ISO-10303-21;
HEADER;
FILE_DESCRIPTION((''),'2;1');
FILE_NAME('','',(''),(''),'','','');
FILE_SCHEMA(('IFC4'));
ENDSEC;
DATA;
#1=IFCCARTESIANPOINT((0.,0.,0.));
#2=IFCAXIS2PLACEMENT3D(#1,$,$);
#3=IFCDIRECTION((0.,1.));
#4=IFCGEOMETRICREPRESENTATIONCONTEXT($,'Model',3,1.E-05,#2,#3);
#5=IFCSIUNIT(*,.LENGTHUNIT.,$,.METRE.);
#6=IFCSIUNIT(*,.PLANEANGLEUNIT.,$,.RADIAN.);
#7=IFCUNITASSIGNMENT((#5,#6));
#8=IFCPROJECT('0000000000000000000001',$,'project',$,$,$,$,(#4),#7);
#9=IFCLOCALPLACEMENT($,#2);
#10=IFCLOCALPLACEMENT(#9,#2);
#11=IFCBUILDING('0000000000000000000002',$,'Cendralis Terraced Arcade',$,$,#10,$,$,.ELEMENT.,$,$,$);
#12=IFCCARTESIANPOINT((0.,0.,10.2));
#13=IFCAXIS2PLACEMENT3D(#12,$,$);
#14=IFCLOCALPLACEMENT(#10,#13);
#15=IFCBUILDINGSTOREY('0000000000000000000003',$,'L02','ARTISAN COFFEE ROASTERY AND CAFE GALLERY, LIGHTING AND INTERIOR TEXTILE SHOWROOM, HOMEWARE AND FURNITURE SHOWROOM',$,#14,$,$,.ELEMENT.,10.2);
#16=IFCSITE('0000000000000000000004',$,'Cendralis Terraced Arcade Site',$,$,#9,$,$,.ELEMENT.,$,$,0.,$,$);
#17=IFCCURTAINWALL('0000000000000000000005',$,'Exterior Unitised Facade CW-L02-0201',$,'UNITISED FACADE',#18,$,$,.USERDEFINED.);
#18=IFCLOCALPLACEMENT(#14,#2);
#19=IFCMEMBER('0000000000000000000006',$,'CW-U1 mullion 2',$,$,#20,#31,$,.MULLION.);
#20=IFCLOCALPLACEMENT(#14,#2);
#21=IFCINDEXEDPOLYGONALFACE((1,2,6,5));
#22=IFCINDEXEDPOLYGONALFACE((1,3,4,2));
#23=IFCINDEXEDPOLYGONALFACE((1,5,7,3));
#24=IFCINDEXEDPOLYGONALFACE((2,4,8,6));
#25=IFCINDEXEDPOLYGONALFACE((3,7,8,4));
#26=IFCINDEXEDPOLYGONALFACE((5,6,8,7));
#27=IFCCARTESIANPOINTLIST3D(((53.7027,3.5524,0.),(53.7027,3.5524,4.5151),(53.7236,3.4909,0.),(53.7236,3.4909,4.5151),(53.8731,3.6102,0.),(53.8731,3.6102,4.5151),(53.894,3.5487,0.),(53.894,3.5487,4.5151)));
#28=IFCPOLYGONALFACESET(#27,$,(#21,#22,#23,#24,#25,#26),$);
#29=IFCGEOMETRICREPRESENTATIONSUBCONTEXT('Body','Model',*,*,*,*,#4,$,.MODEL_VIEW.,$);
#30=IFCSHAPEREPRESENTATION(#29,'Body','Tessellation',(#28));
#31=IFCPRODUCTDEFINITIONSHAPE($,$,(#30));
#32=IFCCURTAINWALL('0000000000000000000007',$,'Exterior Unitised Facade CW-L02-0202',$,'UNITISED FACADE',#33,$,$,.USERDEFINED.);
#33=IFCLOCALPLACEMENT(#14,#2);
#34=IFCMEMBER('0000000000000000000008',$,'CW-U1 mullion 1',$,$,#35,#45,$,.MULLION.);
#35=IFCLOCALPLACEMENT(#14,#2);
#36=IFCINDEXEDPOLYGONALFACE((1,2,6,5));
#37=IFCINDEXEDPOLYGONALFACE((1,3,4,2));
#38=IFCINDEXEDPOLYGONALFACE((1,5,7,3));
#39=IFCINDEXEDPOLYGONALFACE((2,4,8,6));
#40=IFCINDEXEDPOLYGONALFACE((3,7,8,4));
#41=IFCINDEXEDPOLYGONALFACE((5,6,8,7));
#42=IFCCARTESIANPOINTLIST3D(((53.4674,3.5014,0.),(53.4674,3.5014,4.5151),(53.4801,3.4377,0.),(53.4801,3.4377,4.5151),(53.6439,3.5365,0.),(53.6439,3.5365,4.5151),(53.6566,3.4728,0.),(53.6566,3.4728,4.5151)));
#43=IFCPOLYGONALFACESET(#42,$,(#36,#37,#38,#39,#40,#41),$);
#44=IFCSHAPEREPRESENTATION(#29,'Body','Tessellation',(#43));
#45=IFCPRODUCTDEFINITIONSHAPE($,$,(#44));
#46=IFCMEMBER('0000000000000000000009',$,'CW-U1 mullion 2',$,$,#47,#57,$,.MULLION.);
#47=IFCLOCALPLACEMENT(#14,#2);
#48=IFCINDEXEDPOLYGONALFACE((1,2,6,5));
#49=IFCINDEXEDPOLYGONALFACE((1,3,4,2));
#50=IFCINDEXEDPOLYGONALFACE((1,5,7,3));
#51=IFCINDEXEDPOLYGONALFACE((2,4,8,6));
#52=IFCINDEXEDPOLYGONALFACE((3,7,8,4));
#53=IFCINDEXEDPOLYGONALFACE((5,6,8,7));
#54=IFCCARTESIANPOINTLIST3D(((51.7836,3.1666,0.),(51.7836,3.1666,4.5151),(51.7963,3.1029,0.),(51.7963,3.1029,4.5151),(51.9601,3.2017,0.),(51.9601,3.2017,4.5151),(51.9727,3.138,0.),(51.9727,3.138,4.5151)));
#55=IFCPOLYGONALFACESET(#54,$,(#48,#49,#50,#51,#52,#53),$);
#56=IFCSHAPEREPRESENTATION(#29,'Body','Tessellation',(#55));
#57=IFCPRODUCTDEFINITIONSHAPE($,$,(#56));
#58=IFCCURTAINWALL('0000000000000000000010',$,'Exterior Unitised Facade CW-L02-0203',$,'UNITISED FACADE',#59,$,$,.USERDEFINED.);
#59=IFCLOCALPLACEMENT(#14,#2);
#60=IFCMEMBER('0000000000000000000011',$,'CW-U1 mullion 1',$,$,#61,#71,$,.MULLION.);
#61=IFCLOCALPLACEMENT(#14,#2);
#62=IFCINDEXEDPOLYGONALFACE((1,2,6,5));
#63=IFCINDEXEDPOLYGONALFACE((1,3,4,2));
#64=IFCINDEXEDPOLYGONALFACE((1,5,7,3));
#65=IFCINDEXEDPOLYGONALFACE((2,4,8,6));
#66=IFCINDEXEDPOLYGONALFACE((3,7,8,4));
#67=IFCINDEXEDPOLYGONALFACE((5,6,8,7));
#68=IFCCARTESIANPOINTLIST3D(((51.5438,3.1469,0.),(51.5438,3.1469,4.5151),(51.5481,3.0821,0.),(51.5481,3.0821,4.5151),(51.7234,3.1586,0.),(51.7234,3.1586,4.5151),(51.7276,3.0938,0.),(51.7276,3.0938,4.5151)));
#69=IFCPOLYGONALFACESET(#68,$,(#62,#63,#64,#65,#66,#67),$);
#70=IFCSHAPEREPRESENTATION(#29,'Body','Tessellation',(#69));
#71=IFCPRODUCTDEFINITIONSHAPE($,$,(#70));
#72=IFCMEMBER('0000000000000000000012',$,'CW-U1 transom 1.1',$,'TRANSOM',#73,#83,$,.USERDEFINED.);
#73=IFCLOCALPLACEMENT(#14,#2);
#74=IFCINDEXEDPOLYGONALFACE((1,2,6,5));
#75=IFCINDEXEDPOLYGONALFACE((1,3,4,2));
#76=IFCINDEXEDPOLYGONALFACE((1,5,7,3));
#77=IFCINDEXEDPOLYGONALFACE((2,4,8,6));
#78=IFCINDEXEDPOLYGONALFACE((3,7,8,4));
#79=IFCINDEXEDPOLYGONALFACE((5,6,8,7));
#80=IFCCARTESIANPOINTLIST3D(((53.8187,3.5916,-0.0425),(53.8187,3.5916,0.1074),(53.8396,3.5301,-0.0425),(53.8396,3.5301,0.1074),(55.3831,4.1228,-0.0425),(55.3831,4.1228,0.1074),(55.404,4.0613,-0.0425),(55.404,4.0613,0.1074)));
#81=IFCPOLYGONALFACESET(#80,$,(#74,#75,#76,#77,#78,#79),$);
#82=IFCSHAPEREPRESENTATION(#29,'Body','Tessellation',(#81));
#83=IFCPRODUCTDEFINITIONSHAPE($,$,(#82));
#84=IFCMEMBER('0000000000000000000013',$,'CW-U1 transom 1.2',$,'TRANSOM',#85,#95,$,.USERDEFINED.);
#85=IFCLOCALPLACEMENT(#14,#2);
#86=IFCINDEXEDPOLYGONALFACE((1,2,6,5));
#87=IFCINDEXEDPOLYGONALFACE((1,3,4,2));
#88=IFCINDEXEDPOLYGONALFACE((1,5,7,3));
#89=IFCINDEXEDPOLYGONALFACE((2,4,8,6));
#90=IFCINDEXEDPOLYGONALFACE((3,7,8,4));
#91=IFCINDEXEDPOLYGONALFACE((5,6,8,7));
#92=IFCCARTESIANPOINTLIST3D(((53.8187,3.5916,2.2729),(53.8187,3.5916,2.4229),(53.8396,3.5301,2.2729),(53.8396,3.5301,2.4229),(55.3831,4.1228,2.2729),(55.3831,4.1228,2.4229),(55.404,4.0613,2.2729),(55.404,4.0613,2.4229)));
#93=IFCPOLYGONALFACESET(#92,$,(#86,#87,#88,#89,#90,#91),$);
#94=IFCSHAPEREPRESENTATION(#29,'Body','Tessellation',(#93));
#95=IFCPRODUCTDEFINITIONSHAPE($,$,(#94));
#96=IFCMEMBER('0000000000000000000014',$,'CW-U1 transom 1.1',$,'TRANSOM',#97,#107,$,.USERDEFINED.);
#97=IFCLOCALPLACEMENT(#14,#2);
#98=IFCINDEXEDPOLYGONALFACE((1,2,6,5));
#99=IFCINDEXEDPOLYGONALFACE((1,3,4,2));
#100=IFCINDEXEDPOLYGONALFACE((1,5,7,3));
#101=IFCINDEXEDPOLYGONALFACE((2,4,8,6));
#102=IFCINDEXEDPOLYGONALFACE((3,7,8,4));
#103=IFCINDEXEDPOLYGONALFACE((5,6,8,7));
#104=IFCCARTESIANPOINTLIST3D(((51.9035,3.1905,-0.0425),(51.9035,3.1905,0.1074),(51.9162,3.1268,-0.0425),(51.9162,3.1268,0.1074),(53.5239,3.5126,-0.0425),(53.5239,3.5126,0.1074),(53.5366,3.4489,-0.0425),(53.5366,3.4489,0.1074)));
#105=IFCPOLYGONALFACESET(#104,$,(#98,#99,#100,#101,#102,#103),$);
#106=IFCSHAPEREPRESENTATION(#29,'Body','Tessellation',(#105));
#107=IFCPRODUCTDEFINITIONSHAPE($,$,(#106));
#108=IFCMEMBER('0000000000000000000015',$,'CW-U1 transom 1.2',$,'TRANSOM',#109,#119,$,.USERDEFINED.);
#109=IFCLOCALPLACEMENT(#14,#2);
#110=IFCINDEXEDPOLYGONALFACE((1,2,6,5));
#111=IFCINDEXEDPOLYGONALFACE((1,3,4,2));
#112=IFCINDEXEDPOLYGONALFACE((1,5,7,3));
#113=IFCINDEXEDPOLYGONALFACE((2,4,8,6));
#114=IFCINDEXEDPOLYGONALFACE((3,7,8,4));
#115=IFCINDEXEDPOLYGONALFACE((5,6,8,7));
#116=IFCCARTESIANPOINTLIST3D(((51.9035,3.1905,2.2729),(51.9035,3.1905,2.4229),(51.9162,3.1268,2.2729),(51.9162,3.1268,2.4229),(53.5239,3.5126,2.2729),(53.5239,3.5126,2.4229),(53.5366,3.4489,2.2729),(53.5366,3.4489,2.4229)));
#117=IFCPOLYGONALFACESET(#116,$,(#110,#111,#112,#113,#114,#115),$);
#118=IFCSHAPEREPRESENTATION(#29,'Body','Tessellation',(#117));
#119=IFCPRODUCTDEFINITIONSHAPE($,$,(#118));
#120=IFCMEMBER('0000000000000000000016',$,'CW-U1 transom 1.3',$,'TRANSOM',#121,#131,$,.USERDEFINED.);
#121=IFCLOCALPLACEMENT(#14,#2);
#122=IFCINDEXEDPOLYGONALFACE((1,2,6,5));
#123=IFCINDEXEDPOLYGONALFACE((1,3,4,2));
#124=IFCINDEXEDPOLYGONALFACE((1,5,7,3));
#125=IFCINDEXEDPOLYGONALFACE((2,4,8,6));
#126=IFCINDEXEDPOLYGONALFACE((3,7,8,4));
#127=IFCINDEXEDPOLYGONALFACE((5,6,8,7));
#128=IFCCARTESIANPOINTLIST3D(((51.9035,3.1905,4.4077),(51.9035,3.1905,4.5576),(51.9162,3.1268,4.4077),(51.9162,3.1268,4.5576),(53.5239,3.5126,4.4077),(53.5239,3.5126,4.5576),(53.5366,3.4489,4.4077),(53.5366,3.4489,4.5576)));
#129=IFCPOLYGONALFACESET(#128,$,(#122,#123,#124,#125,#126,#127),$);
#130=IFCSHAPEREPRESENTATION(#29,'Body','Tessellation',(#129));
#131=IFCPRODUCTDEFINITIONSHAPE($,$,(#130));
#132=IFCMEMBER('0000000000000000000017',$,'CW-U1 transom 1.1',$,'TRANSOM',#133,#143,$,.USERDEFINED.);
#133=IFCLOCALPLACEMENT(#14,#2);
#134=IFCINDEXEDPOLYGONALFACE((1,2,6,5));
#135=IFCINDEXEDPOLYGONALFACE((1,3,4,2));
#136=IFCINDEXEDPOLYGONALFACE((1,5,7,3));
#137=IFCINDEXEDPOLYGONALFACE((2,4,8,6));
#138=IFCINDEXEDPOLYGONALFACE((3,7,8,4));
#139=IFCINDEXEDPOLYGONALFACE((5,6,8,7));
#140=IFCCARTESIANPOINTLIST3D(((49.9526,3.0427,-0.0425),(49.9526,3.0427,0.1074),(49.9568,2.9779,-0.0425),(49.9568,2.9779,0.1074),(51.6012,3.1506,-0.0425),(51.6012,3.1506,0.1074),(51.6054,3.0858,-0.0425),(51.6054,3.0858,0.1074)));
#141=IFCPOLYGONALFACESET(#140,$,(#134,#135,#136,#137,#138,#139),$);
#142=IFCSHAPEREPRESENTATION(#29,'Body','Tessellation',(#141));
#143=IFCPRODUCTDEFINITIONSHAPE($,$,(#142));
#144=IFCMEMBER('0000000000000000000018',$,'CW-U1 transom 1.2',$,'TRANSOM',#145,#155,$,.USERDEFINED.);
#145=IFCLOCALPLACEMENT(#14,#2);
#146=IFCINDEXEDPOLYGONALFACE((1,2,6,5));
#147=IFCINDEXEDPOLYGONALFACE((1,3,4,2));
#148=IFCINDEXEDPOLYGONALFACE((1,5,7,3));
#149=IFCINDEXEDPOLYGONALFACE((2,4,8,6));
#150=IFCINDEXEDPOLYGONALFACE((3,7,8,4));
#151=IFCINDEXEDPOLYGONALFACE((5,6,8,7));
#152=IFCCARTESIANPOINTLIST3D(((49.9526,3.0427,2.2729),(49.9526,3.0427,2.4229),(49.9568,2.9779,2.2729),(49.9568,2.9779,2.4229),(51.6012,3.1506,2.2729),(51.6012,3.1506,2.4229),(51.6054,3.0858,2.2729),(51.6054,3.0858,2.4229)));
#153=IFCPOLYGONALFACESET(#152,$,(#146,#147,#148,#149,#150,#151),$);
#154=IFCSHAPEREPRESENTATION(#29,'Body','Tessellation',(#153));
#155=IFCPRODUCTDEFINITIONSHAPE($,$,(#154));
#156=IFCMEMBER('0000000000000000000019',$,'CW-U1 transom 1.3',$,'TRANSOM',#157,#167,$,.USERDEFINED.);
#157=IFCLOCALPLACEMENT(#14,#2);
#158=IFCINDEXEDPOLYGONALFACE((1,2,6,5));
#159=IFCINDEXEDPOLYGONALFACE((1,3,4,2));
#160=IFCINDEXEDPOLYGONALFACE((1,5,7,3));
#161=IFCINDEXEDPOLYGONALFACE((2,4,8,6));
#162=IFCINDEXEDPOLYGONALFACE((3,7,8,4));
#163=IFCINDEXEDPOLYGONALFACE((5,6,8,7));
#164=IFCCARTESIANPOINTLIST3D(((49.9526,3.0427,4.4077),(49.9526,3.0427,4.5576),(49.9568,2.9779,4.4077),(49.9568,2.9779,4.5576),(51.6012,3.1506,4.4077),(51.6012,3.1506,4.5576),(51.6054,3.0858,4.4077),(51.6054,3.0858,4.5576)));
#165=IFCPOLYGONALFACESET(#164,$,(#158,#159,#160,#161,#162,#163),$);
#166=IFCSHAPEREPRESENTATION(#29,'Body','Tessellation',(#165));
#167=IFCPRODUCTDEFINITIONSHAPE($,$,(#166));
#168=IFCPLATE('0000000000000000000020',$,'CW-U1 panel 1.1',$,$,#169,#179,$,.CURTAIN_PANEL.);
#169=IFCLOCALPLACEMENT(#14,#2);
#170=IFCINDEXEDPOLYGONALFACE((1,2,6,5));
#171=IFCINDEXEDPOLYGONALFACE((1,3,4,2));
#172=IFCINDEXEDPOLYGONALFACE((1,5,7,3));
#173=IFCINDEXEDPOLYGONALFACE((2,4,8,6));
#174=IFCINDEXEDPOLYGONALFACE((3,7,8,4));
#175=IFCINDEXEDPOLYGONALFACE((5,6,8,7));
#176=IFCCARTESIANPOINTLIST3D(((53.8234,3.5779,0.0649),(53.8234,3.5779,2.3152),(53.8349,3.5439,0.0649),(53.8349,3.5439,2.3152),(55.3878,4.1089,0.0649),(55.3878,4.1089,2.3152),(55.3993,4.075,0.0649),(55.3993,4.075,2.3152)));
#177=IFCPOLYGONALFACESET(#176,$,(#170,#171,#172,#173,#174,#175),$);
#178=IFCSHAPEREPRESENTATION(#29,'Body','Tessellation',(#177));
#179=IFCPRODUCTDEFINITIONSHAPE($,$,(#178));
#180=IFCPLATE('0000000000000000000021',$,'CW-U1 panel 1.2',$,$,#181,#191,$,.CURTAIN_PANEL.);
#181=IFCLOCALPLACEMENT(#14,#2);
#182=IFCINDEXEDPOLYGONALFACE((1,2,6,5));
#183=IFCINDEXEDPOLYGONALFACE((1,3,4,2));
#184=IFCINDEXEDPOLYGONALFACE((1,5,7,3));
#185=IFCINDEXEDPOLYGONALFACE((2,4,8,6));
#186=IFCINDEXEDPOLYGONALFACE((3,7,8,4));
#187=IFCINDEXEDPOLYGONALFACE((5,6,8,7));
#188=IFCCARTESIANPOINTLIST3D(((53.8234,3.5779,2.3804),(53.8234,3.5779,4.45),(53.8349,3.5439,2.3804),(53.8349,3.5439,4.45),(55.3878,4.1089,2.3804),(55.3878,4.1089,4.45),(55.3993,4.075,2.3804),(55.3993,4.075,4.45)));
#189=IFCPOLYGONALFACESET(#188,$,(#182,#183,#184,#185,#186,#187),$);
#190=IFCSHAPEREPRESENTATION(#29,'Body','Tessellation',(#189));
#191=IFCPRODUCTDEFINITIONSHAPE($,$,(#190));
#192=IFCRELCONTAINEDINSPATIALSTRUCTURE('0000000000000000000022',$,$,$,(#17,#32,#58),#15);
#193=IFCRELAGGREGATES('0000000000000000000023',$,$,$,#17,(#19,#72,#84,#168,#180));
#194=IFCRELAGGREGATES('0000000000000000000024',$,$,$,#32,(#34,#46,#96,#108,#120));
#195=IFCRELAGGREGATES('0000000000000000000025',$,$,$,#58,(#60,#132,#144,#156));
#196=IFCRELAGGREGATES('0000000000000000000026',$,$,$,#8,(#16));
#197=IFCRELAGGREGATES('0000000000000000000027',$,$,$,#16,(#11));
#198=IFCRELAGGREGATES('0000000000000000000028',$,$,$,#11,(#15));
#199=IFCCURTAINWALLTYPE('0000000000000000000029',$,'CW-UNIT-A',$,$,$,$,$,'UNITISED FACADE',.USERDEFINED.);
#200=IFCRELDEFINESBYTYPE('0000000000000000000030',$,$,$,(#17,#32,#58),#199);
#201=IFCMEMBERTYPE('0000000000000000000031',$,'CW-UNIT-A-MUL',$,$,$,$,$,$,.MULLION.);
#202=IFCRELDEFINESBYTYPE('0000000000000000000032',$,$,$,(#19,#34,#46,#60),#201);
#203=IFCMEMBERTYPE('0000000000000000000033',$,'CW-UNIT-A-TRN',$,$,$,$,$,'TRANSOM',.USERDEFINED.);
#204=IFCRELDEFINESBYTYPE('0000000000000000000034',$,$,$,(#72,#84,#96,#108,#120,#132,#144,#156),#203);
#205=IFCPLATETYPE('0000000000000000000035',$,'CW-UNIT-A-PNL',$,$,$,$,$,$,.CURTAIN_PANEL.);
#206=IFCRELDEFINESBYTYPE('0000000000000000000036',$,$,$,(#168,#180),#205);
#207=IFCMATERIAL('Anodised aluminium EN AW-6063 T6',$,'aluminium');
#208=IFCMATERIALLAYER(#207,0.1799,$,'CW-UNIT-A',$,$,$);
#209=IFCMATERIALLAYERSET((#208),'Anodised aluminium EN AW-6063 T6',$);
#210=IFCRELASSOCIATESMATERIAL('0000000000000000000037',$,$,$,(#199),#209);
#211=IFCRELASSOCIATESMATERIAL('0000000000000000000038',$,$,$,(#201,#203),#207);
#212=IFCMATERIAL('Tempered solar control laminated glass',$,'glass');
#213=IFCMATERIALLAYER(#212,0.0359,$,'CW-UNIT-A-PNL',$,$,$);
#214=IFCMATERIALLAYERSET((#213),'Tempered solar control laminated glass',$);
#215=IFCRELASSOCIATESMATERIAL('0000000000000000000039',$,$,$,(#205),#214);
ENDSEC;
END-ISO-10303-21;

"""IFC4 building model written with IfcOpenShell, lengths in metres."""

from ifc_helpers import new_model, si_unit, direction, frame, origin, origin_2d, place, context, subcontext, project, spatial, rectangle, extrude, material, layer, layer_set, material_profile, profile_set, type_object, element, aggregate, save


model = new_model("IFC4")

# Units and contexts
model_context = context("Model", 3, precision=1e-05, world=origin(), true_north=direction((0.0, 1.0)))
body_context = subcontext(model_context, "Body", "Model", "MODEL_VIEW")
ifc_project = project(units=[si_unit("LENGTHUNIT", "METRE"), si_unit("PLANEANGLEUNIT", "RADIAN")], contexts=[model_context])

# Site, building, storey
site_placement = place(None, origin())
site = spatial("IfcSite", under=ifc_project, at=site_placement, Name="Cendralis Terraced Arcade Site", CompositionType="ELEMENT", RefElevation=0.0)
building_placement = place(site_placement, origin())
building = spatial("IfcBuilding", under=site, at=building_placement, Name="Cendralis Terraced Arcade", CompositionType="ELEMENT")
storey_placement = place(building_placement, frame((0.0, 0.0, 10.2)))
storey = spatial("IfcBuildingStorey", under=building, at=storey_placement, Name="L02", Description="ARTISAN COFFEE ROASTERY AND CAFE GALLERY, LIGHTING AND INTERIOR TEXTILE SHOWROOM, HOMEWARE AND FURNITURE SHOWROOM", CompositionType="ELEMENT", Elevation=10.2)

# Curtain wall, member
ifc_material_1 = material(Name="Anodised aluminium EN AW-6063 T6", Category="aluminium")
ifc_layer_1 = layer(ifc_material_1, 0.1799, Name="CW-UNIT-A")
ifc_layer_set_1 = layer_set([ifc_layer_1], Name="Anodised aluminium EN AW-6063 T6")
curtain_wall_type = type_object("IfcCurtainWallType", Name="CW-UNIT-A", ElementType="UNITISED FACADE", PredefinedType="USERDEFINED", material=ifc_layer_set_1)
curtain_wall_1_placement = place(storey_placement, origin())
curtain_wall_1 = element("IfcCurtainWall", 1, at=curtain_wall_1_placement, inside=storey, type_object=curtain_wall_type, Name="Exterior Unitised Facade CW-L02-0201", ObjectType="UNITISED FACADE", PredefinedType="USERDEFINED")
ifc_material_profile_1 = material_profile(ifc_material_1, rectangle(XDim=0.0649, YDim=0.1799, at=origin_2d()), Name="ALU-MUL-65x180")
ifc_profile_set_1 = profile_set([ifc_material_profile_1], Name="Anodised aluminium EN AW-6063 T6")
member_type_1 = type_object("IfcMemberType", Name="CW-UNIT-A-MUL", PredefinedType="MULLION", material=ifc_profile_set_1)
member_1_placement = place(storey_placement, frame((53.7983, 3.5505, 0.0), z_axis=(0.0, 0.0, 1.0), x_axis=(0.321458, -0.946924, 0.0)))
member_1 = element("IfcMember", 2, at=member_1_placement, type_object=member_type_1, Name="CW-U1 mullion 2", PredefinedType="MULLION", context=body_context, shape_type="SweptSolid", body=[
    extrude(rectangle(XDim=0.0649, YDim=0.1799, at=origin_2d()), origin(), (0.0, 0.0, 1.0), 4.5151),
])

# Curtain wall, members
curtain_wall_2_placement = place(storey_placement, origin())
curtain_wall_2 = element("IfcCurtainWall", 3, at=curtain_wall_2_placement, inside=storey, type_object=curtain_wall_type, Name="Exterior Unitised Facade CW-L02-0202", ObjectType="UNITISED FACADE", PredefinedType="USERDEFINED")
member_2_placement = place(storey_placement, frame((53.562, 3.4871, 0.0), z_axis=(0.0, 0.0, 1.0), x_axis=(0.195058, -0.980792, 0.0)))
member_2 = element("IfcMember", 4, at=member_2_placement, type_object=member_type_1, Name="CW-U1 mullion 1", PredefinedType="MULLION", context=body_context, shape_type="SweptSolid", body=[
    extrude(rectangle(XDim=0.0649, YDim=0.1799, at=origin_2d()), origin(), (0.0, 0.0, 1.0), 4.5151),
])
member_3_placement = place(storey_placement, frame((51.8782, 3.1523, 0.0), z_axis=(0.0, 0.0, 1.0), x_axis=(0.195058, -0.980792, 0.0)))
member_3 = element("IfcMember", 5, at=member_3_placement, type_object=member_type_1, Name="CW-U1 mullion 2", PredefinedType="MULLION", context=body_context, shape_type="SweptSolid", body=[
    extrude(rectangle(XDim=0.0649, YDim=0.1799, at=origin_2d()), origin(), (0.0, 0.0, 1.0), 4.5151),
])

# Curtain wall, member
curtain_wall_3_placement = place(storey_placement, origin())
curtain_wall_3 = element("IfcCurtainWall", 6, at=curtain_wall_3_placement, inside=storey, type_object=curtain_wall_type, Name="Exterior Unitised Facade CW-L02-0203", ObjectType="UNITISED FACADE", PredefinedType="USERDEFINED")
member_4_placement = place(storey_placement, frame((51.6357, 3.1204, 0.0), z_axis=(0.0, 0.0, 1.0), x_axis=(0.065372, -0.997861, 0.0)))
member_4 = element("IfcMember", 7, at=member_4_placement, type_object=member_type_1, Name="CW-U1 mullion 1", PredefinedType="MULLION", context=body_context, shape_type="SweptSolid", body=[
    extrude(rectangle(XDim=0.0649, YDim=0.1799, at=origin_2d()), origin(), (0.0, 0.0, 1.0), 4.5151),
])

# Members
ifc_material_profile_2 = material_profile(ifc_material_1, rectangle(XDim=0.0649, YDim=0.1499, at=origin_2d()), Name="ALU-TRN-65x150")
ifc_profile_set_2 = profile_set([ifc_material_profile_2], Name="Anodised aluminium EN AW-6063 T6")
member_type_2 = type_object("IfcMemberType", Name="CW-UNIT-A-TRN", ElementType="TRANSOM", PredefinedType="USERDEFINED", material=ifc_profile_set_2)
member_5_placement = place(storey_placement, frame((55.3936, 4.092, 0.0325), z_axis=(-0.946895, -0.321542, 0.0), x_axis=(0.321542, -0.946895, 0.0)))
member_5 = element("IfcMember", 8, at=member_5_placement, type_object=member_type_2, Name="CW-U1 transom 1.1", ObjectType="TRANSOM", PredefinedType="USERDEFINED", context=body_context, shape_type="SweptSolid", body=[
    extrude(rectangle(XDim=0.0649, YDim=0.1499, at=origin_2d()), origin(), (0.0, 0.0, 1.0), 1.6521),
])
member_6_placement = place(storey_placement, frame((55.3936, 4.092, 2.3479), z_axis=(-0.946895, -0.321542, 0.0), x_axis=(0.321542, -0.946895, 0.0)))
member_6 = element("IfcMember", 9, at=member_6_placement, type_object=member_type_2, Name="CW-U1 transom 1.2", ObjectType="TRANSOM", PredefinedType="USERDEFINED", context=body_context, shape_type="SweptSolid", body=[
    extrude(rectangle(XDim=0.0649, YDim=0.1499, at=origin_2d()), origin(), (0.0, 0.0, 1.0), 1.6521),
])
member_7_placement = place(storey_placement, frame((53.5303, 3.4807, 0.0325), z_axis=(-0.980819, -0.194922, 0.0), x_axis=(0.194922, -0.980819, 0.0)))
member_7 = element("IfcMember", 10, at=member_7_placement, type_object=member_type_2, Name="CW-U1 transom 1.1", ObjectType="TRANSOM", PredefinedType="USERDEFINED", context=body_context, shape_type="SweptSolid", body=[
    extrude(rectangle(XDim=0.0649, YDim=0.1499, at=origin_2d()), origin(), (0.0, 0.0, 1.0), 1.6521),
])
member_8_placement = place(storey_placement, frame((53.5303, 3.4807, 2.3479), z_axis=(-0.980819, -0.194922, 0.0), x_axis=(0.194922, -0.980819, 0.0)))
member_8 = element("IfcMember", 11, at=member_8_placement, type_object=member_type_2, Name="CW-U1 transom 1.2", ObjectType="TRANSOM", PredefinedType="USERDEFINED", context=body_context, shape_type="SweptSolid", body=[
    extrude(rectangle(XDim=0.0649, YDim=0.1499, at=origin_2d()), origin(), (0.0, 0.0, 1.0), 1.6521),
])
member_9_placement = place(storey_placement, frame((53.5303, 3.4807, 4.4827), z_axis=(-0.980819, -0.194922, 0.0), x_axis=(0.194922, -0.980819, 0.0)))
member_9 = element("IfcMember", 12, at=member_9_placement, type_object=member_type_2, Name="CW-U1 transom 1.3", ObjectType="TRANSOM", PredefinedType="USERDEFINED", context=body_context, shape_type="SweptSolid", body=[
    extrude(rectangle(XDim=0.0649, YDim=0.1499, at=origin_2d()), origin(), (0.0, 0.0, 1.0), 1.6521),
])
member_10_placement = place(storey_placement, frame((51.6033, 3.1182, 0.0325), z_axis=(-0.997865, -0.065313, 0.0), x_axis=(0.065313, -0.997865, 0.0)))
member_10 = element("IfcMember", 13, at=member_10_placement, type_object=member_type_2, Name="CW-U1 transom 1.1", ObjectType="TRANSOM", PredefinedType="USERDEFINED", context=body_context, shape_type="SweptSolid", body=[
    extrude(rectangle(XDim=0.0649, YDim=0.1499, at=origin_2d()), origin(), (0.0, 0.0, 1.0), 1.6521),
])
member_11_placement = place(storey_placement, frame((51.6033, 3.1182, 2.3479), z_axis=(-0.997865, -0.065313, 0.0), x_axis=(0.065313, -0.997865, 0.0)))
member_11 = element("IfcMember", 14, at=member_11_placement, type_object=member_type_2, Name="CW-U1 transom 1.2", ObjectType="TRANSOM", PredefinedType="USERDEFINED", context=body_context, shape_type="SweptSolid", body=[
    extrude(rectangle(XDim=0.0649, YDim=0.1499, at=origin_2d()), origin(), (0.0, 0.0, 1.0), 1.6521),
])
member_12_placement = place(storey_placement, frame((51.6033, 3.1182, 4.4827), z_axis=(-0.997865, -0.065313, 0.0), x_axis=(0.065313, -0.997865, 0.0)))
member_12 = element("IfcMember", 15, at=member_12_placement, type_object=member_type_2, Name="CW-U1 transom 1.3", ObjectType="TRANSOM", PredefinedType="USERDEFINED", context=body_context, shape_type="SweptSolid", body=[
    extrude(rectangle(XDim=0.0649, YDim=0.1499, at=origin_2d()), origin(), (0.0, 0.0, 1.0), 1.6521),
])

# Plates
ifc_material_2 = material(Name="Tempered solar control laminated glass", Category="glass")
ifc_layer_2 = layer(ifc_material_2, 0.0359, Name="CW-UNIT-A-PNL")
ifc_layer_set_2 = layer_set([ifc_layer_2], Name="Tempered solar control laminated glass")
plate_type = type_object("IfcPlateType", Name="CW-UNIT-A-PNL", PredefinedType="CURTAIN_PANEL", material=ifc_layer_set_2)
plate_1_placement = place(storey_placement, frame((54.6113, 3.8264, 0.0649), z_axis=(0.0, 0.0, 1.0), x_axis=(-0.946924, -0.321458, 0.0)))
plate_1 = element("IfcPlate", 16, at=plate_1_placement, type_object=plate_type, Name="CW-U1 panel 1.1", PredefinedType="CURTAIN_PANEL", context=body_context, shape_type="SweptSolid", body=[
    extrude(rectangle(XDim=1.6521, YDim=0.0359, at=origin_2d()), origin(), (0.0, 0.0, 1.0), 2.2502),
])
plate_2_placement = place(storey_placement, frame((54.6113, 3.8264, 2.3804), z_axis=(0.0, 0.0, 1.0), x_axis=(-0.946924, -0.321458, 0.0)))
plate_2 = element("IfcPlate", 17, at=plate_2_placement, type_object=plate_type, Name="CW-U1 panel 1.2", PredefinedType="CURTAIN_PANEL", context=body_context, shape_type="SweptSolid", body=[
    extrude(rectangle(XDim=1.6521, YDim=0.0359, at=origin_2d()), origin(), (0.0, 0.0, 1.0), 2.0696),
])
aggregate(curtain_wall_1, [member_1, member_5, member_6, plate_1, plate_2])
aggregate(curtain_wall_2, [member_2, member_3, member_7, member_8, member_9])
aggregate(curtain_wall_3, [member_4, member_10, member_11, member_12])

save(model, "model.ifc")
